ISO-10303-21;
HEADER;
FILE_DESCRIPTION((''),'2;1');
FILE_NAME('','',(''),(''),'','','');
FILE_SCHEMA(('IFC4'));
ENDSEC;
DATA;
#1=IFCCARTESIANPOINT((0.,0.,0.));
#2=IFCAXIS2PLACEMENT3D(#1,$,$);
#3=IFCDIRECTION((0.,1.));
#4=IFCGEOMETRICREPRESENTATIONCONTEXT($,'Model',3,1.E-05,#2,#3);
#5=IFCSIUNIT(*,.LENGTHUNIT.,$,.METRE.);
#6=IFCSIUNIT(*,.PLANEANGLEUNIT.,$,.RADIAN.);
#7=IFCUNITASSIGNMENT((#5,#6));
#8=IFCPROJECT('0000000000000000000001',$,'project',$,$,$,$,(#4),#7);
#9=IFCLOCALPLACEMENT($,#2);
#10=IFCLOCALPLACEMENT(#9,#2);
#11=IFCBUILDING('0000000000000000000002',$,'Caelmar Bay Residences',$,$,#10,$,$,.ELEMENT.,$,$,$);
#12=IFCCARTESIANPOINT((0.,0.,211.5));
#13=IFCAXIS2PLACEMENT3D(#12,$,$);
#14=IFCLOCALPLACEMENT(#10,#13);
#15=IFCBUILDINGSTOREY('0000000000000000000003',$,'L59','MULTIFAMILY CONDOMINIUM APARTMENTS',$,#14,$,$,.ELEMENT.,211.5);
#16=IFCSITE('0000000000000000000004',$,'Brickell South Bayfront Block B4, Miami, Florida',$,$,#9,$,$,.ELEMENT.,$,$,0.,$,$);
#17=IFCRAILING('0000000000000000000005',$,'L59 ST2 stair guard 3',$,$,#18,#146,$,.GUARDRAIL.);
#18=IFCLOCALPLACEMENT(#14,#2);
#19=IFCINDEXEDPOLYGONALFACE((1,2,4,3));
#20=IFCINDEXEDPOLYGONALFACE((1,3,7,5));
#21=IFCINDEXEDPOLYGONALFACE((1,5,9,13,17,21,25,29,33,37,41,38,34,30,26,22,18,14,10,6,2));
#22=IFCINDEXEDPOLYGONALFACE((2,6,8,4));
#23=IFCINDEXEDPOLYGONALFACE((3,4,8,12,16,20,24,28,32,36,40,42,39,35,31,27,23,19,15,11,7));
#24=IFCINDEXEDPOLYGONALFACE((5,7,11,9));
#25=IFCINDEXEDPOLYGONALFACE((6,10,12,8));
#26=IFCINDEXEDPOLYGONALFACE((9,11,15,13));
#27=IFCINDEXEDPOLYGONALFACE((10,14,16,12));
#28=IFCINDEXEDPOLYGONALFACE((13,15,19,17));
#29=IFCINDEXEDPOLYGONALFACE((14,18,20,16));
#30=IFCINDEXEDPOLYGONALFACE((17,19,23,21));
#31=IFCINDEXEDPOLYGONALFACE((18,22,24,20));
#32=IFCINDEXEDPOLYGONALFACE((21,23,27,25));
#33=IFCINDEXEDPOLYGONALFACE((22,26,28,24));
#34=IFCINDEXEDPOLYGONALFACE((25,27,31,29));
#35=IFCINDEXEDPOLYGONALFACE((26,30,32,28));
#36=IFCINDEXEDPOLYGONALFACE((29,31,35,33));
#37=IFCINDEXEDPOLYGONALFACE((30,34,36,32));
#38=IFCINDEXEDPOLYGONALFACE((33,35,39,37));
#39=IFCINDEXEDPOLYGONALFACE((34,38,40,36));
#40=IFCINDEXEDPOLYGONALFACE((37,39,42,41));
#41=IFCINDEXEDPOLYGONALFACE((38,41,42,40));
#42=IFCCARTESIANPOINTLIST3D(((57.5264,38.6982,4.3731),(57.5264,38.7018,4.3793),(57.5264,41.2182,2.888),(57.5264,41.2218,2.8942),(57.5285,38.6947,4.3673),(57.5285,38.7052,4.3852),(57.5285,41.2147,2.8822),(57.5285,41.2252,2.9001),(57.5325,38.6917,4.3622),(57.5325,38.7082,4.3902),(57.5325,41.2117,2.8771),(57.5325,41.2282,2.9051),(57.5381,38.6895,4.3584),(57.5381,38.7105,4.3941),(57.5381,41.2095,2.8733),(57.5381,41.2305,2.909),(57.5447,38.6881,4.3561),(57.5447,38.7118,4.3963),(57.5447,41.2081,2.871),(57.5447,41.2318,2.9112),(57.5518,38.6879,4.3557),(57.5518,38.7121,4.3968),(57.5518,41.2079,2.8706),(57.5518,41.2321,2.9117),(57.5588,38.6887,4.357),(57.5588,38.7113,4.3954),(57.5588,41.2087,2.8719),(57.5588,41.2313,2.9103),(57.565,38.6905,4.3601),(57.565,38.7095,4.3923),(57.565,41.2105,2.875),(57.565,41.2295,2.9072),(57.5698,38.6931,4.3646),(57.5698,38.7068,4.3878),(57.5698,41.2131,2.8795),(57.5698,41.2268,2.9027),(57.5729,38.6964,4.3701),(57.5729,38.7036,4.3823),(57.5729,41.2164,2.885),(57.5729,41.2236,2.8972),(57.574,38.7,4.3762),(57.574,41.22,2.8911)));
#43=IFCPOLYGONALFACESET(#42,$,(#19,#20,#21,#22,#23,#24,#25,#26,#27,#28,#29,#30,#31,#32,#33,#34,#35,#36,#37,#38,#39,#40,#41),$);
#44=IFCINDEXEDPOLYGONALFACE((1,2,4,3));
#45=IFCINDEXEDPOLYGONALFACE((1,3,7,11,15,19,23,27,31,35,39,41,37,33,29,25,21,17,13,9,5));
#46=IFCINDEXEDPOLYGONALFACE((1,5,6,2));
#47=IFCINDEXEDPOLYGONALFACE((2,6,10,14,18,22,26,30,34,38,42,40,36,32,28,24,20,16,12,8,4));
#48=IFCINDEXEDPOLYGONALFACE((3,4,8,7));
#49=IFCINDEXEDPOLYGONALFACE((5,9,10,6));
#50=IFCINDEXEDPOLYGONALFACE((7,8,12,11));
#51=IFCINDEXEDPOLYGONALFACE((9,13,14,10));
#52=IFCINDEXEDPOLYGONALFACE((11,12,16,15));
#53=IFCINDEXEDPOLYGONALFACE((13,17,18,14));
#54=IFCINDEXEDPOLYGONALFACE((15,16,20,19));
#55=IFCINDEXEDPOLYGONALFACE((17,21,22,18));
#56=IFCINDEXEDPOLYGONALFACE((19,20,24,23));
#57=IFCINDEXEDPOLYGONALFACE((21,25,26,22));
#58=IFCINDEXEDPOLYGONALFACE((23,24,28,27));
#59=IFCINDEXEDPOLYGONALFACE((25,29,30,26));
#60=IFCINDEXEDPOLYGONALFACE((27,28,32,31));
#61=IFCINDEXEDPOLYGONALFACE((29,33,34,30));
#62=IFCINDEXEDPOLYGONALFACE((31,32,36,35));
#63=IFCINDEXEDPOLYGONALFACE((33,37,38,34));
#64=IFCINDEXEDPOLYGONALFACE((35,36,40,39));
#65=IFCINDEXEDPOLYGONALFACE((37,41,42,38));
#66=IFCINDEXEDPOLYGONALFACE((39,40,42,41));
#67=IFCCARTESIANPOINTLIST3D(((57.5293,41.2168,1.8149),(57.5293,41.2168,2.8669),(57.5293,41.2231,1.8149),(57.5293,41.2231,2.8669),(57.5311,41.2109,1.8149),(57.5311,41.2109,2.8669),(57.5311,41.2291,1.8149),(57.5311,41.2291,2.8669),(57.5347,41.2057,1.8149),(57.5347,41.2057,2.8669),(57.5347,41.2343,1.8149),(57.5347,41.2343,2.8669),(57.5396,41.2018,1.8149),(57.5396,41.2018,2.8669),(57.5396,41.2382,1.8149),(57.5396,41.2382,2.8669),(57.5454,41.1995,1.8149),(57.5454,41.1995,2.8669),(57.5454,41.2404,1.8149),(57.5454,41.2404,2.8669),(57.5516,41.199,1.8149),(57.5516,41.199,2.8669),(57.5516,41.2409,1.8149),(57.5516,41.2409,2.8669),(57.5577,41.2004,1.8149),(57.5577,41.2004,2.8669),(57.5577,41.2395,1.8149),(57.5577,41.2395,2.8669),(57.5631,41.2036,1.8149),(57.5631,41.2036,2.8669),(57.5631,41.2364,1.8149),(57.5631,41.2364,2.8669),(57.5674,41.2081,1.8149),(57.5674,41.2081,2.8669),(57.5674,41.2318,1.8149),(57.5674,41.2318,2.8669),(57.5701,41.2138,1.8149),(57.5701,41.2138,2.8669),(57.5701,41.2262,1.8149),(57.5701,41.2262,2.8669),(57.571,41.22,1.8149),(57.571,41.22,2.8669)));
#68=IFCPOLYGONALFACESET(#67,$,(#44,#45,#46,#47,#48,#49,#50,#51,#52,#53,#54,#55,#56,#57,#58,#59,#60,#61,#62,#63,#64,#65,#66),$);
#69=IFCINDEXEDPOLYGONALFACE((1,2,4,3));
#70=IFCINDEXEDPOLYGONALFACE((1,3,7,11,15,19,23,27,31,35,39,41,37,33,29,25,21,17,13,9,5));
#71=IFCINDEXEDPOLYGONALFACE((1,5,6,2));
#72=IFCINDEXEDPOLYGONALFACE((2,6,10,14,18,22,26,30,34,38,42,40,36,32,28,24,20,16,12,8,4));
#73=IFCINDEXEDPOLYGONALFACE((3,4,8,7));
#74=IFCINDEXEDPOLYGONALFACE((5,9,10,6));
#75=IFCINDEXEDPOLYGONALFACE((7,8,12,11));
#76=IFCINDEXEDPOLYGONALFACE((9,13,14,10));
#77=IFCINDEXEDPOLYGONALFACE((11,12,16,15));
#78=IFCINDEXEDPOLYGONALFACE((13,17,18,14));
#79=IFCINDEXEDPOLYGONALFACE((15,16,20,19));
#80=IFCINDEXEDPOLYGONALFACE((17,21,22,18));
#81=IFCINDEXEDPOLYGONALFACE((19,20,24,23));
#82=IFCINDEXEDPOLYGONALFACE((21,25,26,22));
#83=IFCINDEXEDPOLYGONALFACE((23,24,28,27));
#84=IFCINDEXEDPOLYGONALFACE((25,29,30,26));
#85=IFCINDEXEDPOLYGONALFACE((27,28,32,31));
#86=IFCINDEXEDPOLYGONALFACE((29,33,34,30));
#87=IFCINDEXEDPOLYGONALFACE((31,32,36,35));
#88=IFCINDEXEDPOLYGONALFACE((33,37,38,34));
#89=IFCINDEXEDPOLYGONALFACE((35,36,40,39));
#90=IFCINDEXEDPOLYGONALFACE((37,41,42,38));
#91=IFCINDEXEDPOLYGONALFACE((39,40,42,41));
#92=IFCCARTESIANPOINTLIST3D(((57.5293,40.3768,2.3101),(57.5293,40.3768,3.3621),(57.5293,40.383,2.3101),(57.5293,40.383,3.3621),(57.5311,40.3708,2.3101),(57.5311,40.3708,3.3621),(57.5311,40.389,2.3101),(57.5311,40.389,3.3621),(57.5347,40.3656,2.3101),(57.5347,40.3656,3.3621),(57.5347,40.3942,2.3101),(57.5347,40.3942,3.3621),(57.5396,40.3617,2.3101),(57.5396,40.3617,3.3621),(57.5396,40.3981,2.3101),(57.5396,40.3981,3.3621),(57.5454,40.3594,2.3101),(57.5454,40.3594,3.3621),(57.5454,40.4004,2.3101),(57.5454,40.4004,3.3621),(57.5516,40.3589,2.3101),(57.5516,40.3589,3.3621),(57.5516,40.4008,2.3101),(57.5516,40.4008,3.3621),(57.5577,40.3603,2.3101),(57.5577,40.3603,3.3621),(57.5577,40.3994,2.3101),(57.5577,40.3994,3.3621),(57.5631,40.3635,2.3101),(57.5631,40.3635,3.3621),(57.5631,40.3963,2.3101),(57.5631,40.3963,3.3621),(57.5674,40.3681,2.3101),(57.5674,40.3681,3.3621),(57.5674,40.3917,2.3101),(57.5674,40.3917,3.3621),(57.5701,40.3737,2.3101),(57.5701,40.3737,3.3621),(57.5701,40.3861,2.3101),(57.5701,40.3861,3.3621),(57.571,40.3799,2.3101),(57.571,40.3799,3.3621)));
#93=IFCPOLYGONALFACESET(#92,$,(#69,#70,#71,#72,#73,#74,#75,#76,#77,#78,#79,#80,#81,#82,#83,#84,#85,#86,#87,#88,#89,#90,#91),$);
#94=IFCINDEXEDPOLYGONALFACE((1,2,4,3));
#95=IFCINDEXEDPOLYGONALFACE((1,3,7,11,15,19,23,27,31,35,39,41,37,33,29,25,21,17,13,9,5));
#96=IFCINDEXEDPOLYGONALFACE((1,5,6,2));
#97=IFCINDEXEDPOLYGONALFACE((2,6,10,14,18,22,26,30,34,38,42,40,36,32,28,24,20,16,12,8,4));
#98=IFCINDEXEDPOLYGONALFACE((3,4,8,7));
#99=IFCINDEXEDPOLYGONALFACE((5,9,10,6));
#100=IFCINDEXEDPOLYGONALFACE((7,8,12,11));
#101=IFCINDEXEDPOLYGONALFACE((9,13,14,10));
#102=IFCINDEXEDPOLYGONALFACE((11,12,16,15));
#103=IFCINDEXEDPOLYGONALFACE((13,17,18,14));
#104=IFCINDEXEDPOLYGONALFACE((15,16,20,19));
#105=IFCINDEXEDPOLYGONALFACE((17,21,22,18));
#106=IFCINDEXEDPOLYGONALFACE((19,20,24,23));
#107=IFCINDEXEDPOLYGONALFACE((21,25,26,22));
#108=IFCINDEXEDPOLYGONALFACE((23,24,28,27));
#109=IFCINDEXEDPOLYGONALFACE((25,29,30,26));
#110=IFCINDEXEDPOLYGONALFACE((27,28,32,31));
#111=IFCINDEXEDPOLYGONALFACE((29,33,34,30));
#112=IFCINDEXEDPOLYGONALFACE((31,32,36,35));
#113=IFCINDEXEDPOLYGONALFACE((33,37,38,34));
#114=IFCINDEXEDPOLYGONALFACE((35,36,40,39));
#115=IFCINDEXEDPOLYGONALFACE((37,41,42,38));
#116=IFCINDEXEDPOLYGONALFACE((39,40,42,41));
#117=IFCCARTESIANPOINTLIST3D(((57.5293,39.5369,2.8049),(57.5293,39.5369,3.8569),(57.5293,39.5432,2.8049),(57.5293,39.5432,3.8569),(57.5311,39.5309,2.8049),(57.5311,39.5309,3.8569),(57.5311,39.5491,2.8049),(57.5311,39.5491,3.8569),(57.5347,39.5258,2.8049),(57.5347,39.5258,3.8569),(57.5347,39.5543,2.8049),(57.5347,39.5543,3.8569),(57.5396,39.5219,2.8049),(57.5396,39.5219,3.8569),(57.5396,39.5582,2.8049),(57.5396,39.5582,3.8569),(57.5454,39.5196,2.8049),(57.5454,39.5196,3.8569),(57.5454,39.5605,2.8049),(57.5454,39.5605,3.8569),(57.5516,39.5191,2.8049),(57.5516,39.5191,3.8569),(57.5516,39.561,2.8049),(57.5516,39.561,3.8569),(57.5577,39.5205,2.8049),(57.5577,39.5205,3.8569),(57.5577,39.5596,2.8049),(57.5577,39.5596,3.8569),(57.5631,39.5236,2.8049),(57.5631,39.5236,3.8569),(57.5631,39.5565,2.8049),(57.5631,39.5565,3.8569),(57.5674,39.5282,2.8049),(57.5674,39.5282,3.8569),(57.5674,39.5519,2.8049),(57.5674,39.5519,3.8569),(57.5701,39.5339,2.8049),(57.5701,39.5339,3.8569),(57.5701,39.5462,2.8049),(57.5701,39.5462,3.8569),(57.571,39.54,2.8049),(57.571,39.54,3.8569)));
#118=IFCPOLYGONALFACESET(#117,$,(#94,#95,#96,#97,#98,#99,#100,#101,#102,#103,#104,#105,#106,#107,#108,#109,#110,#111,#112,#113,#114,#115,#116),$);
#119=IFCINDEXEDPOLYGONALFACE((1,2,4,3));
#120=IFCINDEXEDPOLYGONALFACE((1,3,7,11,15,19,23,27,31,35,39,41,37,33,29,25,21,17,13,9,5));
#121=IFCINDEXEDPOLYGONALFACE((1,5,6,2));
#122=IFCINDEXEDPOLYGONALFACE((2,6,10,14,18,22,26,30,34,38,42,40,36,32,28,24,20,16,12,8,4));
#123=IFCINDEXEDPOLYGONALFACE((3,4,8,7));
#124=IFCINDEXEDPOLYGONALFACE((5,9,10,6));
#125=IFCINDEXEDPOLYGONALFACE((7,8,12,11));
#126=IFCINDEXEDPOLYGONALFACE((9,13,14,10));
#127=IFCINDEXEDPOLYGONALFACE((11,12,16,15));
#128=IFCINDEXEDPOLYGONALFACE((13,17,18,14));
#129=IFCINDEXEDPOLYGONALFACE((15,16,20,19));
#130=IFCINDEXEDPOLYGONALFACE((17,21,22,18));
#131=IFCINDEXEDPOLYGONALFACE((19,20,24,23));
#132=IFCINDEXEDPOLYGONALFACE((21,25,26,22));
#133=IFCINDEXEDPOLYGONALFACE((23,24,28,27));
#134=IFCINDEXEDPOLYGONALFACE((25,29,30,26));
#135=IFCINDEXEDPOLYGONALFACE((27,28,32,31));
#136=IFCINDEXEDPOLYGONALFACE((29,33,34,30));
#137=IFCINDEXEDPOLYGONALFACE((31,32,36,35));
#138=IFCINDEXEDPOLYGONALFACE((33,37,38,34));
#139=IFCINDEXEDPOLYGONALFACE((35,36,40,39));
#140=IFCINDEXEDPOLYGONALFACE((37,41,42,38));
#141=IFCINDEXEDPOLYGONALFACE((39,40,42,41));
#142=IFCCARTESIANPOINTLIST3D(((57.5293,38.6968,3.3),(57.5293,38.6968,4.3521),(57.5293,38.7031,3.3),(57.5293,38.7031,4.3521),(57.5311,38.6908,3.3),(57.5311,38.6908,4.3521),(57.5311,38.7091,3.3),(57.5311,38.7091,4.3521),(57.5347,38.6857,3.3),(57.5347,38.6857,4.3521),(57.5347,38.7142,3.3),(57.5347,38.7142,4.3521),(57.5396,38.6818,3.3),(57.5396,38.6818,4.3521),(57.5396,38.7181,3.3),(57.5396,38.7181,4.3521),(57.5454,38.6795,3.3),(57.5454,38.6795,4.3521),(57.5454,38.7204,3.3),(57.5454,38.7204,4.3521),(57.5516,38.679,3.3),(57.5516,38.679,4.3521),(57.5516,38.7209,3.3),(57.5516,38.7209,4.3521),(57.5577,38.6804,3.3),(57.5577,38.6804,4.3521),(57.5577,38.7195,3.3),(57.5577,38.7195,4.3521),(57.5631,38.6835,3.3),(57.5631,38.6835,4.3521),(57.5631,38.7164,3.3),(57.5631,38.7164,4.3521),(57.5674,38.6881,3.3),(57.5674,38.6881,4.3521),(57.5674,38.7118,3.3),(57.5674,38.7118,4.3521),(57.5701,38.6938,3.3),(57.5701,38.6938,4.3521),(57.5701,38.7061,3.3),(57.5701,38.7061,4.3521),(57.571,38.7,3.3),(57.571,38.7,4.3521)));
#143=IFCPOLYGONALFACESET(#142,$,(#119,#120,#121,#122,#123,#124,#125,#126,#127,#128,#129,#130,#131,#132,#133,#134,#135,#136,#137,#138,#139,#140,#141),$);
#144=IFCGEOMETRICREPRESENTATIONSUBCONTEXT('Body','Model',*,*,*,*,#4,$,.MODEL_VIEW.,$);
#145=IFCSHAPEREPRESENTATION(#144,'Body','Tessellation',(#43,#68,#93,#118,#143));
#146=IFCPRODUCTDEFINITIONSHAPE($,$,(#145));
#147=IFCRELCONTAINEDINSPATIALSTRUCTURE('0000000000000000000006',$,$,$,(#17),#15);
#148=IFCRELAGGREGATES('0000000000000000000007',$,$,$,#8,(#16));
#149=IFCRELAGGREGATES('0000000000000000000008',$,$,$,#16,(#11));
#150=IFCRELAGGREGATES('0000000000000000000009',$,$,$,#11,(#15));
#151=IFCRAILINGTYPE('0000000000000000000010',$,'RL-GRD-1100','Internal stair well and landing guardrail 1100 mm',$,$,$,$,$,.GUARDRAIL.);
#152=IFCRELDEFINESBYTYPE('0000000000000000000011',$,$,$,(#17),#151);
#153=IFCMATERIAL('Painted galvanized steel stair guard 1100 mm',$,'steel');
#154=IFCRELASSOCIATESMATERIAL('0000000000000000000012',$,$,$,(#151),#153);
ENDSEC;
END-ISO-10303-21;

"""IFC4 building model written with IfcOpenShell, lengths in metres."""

from ifc_helpers import new_model, si_unit, direction, frame, origin, origin_2d, place, context, subcontext, project, spatial, circle, extrude, material, type_object, element, save


model = new_model("IFC4")

# Units and contexts
model_context = context("Model", 3, precision=1e-05, world=origin(), true_north=direction((0.0, 1.0)))
body_context = subcontext(model_context, "Body", "Model", "MODEL_VIEW")
ifc_project = project(units=[si_unit("LENGTHUNIT", "METRE"), si_unit("PLANEANGLEUNIT", "RADIAN")], contexts=[model_context])

# Site, building, storey
site_placement = place(None, origin())
site = spatial("IfcSite", under=ifc_project, at=site_placement, Name="Brickell South Bayfront Block B4, Miami, Florida", CompositionType="ELEMENT", RefElevation=0.0)
building_placement = place(site_placement, origin())
building = spatial("IfcBuilding", under=site, at=building_placement, Name="Caelmar Bay Residences", CompositionType="ELEMENT")
storey_placement = place(building_placement, frame((0.0, 0.0, 211.5)))
storey = spatial("IfcBuildingStorey", under=building, at=storey_placement, Name="L59", Description="MULTIFAMILY CONDOMINIUM APARTMENTS", CompositionType="ELEMENT", Elevation=211.5)

# Railing
ifc_material_1 = material(Name="Painted galvanized steel stair guard 1100 mm", Category="steel")
railing_type_1 = type_object("IfcRailingType", Name="RL-GRD-1100", Description="Internal stair well and landing guardrail 1100 mm", PredefinedType="GUARDRAIL", material=ifc_material_1)
railing_1_placement = place(storey_placement, frame((57.55, 41.22, 1.8149)))
element("IfcRailing", 1, at=railing_1_placement, inside=storey, type_object=railing_type_1, Name="L59 ST2 stair guard 3", PredefinedType="GUARDRAIL", context=body_context, shape_type="SweptSolid", body=[
    extrude(circle(Radius=0.0239, at=origin_2d()), frame((0.0, 0.0, 1.0762), z_axis=(0.0, -0.861524, 0.507717), x_axis=(1.0, 0.0, 0.0)), (0.0, 0.0, 1.0), 2.925),
    extrude(circle(Radius=0.021, at=origin_2d()), origin(), (0.0, 0.0, 1.0), 1.052),
    extrude(circle(Radius=0.021, at=origin_2d()), frame((0.0, -0.8401, 0.4951)), (0.0, 0.0, 1.0), 1.052),
    extrude(circle(Radius=0.021, at=origin_2d()), frame((0.0, -1.6799, 0.99)), (0.0, 0.0, 1.0), 1.052),
    extrude(circle(Radius=0.021, at=origin_2d()), frame((0.0, -2.52, 1.4851)), (0.0, 0.0, 1.0), 1.052),
])

save(model, "model.ifc")
